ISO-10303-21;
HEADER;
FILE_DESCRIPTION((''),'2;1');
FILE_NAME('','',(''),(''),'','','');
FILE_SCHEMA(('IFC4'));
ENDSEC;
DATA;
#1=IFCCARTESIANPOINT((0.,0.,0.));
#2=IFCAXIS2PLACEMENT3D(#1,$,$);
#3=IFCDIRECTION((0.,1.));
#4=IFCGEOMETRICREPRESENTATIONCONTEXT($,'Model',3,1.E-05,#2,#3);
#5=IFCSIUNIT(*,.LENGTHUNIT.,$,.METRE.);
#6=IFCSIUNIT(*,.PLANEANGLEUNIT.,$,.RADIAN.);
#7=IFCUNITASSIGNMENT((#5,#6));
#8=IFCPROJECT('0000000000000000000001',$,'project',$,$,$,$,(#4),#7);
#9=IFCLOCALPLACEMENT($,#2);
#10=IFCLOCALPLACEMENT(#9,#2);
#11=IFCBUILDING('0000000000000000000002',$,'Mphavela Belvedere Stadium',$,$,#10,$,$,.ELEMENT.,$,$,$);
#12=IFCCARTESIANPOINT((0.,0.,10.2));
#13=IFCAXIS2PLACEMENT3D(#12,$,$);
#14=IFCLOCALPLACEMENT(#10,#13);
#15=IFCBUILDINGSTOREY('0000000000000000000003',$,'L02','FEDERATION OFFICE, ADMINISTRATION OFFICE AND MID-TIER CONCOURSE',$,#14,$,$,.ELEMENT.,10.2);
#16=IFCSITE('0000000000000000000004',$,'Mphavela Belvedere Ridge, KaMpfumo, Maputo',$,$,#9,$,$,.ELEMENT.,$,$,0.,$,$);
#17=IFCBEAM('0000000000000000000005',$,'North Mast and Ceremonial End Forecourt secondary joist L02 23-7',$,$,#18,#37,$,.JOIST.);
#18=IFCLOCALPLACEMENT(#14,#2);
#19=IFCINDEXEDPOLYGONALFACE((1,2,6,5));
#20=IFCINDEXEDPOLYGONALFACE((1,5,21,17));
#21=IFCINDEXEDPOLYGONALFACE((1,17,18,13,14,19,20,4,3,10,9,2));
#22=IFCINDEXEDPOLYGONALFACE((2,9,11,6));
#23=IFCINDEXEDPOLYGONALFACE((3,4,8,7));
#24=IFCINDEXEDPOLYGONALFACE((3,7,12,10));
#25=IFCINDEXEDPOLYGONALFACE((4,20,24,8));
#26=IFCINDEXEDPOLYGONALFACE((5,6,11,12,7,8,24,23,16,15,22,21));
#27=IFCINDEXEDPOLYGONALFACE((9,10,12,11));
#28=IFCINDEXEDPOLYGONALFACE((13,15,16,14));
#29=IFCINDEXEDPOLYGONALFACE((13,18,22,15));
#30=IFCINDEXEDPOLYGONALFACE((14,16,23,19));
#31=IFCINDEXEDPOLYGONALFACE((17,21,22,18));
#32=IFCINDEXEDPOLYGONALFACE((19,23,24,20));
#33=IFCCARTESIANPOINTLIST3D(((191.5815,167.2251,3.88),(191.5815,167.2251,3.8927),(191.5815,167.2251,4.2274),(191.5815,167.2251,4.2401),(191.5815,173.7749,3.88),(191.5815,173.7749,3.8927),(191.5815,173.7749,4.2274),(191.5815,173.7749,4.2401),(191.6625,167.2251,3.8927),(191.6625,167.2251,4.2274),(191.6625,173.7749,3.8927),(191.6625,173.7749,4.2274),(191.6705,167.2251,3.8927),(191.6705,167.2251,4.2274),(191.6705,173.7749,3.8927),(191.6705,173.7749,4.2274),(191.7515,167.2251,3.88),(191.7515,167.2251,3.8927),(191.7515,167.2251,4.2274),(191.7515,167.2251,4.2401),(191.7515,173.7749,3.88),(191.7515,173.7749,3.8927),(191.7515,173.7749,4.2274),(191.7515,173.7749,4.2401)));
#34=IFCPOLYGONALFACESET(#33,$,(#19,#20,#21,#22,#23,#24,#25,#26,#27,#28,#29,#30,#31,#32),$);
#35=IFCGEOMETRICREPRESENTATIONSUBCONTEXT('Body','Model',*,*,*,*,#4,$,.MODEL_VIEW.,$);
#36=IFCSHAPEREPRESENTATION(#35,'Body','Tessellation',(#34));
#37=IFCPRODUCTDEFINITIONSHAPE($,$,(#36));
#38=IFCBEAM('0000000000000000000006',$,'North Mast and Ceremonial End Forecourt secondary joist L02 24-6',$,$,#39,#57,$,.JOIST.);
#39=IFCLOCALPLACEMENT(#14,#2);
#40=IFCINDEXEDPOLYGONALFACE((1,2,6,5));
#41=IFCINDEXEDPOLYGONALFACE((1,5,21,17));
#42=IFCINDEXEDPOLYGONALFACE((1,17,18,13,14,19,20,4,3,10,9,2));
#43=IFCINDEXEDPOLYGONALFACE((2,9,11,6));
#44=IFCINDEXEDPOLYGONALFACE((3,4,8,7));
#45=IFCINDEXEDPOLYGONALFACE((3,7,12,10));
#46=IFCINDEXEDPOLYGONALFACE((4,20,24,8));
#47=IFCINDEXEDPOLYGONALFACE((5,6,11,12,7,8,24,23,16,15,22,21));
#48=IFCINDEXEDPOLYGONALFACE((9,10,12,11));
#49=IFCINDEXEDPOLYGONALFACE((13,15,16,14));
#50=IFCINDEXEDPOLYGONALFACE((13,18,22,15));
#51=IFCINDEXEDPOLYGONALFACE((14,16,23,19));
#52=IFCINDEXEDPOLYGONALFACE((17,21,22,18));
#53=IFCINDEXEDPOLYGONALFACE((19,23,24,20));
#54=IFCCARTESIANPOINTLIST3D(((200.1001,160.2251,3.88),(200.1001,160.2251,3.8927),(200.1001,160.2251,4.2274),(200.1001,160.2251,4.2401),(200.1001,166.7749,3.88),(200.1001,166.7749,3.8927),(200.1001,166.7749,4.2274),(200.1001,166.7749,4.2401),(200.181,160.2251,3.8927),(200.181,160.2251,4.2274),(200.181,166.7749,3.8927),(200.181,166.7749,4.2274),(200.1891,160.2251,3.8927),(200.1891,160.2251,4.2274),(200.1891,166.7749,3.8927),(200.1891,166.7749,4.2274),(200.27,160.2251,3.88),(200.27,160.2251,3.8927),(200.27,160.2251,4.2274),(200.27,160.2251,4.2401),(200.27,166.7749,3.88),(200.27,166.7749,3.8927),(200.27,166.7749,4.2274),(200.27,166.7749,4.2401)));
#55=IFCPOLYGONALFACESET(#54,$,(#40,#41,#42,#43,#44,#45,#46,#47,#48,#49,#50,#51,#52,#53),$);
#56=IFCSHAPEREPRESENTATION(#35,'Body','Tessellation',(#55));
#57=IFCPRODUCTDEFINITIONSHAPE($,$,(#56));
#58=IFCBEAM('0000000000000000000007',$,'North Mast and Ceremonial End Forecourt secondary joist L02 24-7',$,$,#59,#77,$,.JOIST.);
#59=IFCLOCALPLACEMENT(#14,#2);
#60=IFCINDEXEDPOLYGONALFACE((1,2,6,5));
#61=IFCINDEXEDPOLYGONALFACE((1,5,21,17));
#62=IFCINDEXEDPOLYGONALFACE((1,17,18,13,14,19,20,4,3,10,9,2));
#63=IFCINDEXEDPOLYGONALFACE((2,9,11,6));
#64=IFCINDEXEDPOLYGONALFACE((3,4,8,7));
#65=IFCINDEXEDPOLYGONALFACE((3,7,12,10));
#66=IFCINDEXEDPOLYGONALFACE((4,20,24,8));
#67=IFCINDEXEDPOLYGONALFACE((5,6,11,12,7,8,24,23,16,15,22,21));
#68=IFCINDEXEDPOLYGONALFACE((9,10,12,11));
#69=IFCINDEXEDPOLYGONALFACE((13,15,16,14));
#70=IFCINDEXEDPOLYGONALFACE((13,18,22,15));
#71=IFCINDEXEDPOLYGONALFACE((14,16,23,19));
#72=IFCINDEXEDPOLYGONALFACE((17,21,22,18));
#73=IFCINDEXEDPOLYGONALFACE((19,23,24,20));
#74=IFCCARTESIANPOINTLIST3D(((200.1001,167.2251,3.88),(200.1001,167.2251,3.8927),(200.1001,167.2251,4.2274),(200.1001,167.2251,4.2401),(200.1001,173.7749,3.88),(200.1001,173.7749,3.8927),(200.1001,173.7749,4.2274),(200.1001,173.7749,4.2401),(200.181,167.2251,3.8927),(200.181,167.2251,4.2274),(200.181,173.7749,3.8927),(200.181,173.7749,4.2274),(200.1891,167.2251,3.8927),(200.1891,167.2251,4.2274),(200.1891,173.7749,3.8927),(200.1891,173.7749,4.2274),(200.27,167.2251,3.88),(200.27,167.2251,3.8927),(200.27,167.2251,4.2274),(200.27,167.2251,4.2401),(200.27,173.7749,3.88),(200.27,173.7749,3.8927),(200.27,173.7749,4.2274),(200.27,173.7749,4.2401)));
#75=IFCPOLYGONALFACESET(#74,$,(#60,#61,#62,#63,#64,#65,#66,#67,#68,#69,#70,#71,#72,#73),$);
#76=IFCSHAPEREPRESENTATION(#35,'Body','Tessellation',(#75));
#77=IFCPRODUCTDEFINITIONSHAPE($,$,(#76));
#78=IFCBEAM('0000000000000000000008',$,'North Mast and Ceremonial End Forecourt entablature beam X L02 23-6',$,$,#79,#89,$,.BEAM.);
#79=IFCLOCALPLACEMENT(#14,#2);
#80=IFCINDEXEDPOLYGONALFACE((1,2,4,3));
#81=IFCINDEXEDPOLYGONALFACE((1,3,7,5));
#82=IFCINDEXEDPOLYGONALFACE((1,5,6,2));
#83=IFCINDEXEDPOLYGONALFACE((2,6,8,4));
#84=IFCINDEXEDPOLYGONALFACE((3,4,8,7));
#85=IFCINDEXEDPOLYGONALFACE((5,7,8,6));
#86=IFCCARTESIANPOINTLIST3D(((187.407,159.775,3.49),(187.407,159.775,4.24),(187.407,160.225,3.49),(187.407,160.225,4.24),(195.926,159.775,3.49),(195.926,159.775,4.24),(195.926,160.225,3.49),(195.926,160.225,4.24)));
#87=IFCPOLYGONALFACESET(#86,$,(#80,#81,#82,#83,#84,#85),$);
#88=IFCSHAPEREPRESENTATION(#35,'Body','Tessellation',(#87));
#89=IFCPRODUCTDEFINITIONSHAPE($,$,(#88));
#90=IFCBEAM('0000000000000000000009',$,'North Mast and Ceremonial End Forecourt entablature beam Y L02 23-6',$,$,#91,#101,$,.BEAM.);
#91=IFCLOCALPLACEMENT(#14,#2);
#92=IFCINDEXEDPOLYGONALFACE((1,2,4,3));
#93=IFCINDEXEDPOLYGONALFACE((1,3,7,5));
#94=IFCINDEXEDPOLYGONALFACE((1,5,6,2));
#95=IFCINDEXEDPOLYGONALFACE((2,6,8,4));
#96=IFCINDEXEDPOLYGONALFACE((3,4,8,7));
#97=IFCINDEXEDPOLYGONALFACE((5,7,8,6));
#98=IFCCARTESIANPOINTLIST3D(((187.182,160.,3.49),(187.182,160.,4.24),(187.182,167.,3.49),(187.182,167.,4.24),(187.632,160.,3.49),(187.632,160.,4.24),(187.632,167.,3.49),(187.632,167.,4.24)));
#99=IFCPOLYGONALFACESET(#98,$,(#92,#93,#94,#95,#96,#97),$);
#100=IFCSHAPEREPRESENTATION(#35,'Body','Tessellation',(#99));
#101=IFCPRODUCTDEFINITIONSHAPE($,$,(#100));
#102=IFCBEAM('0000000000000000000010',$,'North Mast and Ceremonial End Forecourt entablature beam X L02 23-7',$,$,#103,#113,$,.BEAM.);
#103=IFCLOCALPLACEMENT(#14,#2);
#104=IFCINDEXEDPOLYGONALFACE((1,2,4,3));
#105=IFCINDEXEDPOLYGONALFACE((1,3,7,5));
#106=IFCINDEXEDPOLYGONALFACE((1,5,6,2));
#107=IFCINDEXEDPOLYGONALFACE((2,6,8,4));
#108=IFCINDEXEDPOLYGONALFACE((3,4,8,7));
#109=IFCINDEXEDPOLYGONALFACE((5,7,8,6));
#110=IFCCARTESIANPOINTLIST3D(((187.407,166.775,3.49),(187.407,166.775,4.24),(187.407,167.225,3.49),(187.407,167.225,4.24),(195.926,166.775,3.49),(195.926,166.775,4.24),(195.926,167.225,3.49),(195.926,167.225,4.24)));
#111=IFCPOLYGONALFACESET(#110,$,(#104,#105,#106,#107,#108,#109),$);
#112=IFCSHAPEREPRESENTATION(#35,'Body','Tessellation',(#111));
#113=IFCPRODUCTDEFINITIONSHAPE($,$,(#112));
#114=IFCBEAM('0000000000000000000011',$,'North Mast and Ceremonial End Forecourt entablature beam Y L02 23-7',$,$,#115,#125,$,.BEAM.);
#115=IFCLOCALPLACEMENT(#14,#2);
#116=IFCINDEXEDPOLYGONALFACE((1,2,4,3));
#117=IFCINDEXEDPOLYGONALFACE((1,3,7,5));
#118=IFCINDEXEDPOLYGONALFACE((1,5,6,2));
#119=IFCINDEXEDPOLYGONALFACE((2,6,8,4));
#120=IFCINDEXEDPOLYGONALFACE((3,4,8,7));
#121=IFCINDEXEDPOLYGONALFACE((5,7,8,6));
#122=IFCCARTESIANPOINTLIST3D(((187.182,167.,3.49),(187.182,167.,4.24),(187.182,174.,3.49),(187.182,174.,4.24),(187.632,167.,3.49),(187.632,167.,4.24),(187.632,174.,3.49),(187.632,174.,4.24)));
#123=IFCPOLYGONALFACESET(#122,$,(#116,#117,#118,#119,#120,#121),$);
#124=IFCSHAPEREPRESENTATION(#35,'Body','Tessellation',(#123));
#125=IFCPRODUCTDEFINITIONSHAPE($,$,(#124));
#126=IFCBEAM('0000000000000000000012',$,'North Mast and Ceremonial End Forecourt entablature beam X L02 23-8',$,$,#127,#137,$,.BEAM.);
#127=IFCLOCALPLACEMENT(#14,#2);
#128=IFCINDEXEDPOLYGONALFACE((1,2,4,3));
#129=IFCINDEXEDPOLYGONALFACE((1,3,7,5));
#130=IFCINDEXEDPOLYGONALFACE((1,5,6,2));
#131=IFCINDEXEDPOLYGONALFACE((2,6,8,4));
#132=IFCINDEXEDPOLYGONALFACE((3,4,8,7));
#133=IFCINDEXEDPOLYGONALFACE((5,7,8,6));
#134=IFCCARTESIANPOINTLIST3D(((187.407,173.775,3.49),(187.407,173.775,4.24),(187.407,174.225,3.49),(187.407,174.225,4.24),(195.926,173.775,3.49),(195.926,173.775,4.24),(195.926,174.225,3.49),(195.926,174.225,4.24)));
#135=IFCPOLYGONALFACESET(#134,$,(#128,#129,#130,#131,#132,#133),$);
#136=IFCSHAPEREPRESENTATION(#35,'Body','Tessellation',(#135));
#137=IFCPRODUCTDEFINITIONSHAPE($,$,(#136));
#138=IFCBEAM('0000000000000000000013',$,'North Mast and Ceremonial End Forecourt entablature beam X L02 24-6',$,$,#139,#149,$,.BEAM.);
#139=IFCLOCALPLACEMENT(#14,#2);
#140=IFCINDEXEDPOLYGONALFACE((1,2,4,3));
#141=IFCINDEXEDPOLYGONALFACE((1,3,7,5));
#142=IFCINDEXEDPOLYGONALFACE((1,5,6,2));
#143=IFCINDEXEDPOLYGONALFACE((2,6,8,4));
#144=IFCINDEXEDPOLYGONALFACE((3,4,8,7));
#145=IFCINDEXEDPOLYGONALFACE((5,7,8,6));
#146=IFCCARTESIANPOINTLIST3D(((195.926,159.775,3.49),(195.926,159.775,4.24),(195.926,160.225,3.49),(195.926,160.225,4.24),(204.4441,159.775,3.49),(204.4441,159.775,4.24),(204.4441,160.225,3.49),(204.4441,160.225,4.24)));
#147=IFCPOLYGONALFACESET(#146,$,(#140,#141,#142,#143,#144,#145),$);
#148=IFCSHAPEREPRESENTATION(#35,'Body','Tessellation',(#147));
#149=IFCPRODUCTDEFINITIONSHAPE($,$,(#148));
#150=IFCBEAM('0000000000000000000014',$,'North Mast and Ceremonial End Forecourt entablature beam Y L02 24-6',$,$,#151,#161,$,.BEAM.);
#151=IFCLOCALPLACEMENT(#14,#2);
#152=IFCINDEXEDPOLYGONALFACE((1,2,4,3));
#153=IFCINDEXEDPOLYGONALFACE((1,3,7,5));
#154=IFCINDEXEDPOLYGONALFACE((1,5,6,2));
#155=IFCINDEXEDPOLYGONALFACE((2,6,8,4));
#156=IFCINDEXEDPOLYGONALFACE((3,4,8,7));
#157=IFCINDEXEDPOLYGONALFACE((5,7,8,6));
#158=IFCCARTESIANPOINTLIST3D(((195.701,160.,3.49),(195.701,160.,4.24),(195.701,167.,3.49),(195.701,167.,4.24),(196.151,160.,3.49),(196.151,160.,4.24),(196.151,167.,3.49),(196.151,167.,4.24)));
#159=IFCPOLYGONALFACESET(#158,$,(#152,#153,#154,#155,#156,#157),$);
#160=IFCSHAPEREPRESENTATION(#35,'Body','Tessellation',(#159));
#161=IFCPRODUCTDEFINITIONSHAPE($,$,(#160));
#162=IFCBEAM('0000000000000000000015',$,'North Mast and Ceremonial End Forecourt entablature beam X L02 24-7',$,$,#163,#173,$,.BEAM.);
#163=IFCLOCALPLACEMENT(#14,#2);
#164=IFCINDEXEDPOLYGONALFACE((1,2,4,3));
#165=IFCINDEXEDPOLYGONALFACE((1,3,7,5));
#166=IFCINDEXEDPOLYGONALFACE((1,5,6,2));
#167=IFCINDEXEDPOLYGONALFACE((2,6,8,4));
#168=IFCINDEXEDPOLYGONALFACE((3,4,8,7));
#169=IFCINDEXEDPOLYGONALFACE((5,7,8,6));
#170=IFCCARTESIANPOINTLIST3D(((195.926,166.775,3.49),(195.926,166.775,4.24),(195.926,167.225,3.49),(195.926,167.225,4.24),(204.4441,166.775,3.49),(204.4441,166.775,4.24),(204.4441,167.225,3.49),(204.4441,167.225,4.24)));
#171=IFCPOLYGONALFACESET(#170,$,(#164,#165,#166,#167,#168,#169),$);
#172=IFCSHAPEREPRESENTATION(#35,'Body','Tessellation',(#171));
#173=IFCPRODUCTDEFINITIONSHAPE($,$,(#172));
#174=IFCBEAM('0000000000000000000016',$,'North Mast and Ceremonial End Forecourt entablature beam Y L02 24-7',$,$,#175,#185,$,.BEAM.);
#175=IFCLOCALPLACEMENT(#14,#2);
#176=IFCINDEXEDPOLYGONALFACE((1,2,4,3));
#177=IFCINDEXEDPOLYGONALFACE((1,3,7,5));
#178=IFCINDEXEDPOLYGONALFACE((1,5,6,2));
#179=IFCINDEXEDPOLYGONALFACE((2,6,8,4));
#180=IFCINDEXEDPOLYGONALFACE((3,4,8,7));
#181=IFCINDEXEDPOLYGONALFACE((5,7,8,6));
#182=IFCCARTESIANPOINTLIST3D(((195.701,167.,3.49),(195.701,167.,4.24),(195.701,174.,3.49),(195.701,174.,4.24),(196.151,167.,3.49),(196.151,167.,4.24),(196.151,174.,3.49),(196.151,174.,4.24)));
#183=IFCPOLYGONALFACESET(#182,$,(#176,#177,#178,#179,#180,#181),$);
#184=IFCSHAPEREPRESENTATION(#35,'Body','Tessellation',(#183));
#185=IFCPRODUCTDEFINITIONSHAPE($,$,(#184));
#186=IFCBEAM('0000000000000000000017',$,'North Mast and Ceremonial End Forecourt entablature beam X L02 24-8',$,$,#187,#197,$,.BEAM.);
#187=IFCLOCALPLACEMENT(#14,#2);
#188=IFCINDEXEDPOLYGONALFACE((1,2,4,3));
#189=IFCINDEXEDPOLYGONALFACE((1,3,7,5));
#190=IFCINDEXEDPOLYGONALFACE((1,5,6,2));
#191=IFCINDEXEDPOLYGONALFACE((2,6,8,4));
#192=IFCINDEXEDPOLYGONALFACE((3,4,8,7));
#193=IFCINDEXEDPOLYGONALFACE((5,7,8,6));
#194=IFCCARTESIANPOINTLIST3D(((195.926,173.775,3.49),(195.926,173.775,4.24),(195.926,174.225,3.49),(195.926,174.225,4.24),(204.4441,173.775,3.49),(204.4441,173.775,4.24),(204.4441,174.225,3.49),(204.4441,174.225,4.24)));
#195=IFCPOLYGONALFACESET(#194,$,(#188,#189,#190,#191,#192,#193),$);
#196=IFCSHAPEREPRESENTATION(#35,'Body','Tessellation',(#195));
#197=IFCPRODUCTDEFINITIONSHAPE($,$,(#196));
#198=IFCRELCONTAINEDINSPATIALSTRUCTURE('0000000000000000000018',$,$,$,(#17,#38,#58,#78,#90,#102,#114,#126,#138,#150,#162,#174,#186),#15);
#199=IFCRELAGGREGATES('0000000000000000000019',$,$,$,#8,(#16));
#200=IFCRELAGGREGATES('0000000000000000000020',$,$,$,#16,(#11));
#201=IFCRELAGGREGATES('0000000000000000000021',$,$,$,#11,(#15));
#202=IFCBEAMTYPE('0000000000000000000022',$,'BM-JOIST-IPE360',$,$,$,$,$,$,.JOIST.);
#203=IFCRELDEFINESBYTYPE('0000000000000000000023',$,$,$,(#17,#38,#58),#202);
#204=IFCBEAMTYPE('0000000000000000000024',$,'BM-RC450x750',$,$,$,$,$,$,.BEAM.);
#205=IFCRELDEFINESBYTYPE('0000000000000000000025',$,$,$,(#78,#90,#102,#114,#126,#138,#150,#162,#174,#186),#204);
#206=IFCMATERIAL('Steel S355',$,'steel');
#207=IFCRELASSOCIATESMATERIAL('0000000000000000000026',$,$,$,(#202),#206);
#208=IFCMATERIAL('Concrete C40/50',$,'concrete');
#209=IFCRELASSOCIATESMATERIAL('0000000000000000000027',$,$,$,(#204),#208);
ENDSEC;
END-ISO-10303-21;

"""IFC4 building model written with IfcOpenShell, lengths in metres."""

from ifc_helpers import new_model, si_unit, direction, frame, origin, origin_2d, place, context, subcontext, project, spatial, rectangle, i_section, extrude, material, material_profile, profile_set, type_object, element, save


model = new_model("IFC4")

# Units and contexts
model_context = context("Model", 3, precision=1e-05, world=origin(), true_north=direction((0.0, 1.0)))
body_context = subcontext(model_context, "Body", "Model", "MODEL_VIEW")
ifc_project = project(units=[si_unit("LENGTHUNIT", "METRE"), si_unit("PLANEANGLEUNIT", "RADIAN")], contexts=[model_context])

# Site, building, storey
site_placement = place(None, origin())
site = spatial("IfcSite", under=ifc_project, at=site_placement, Name="Mphavela Belvedere Ridge, KaMpfumo, Maputo", CompositionType="ELEMENT", RefElevation=0.0)
building_placement = place(site_placement, origin())
building = spatial("IfcBuilding", under=site, at=building_placement, Name="Mphavela Belvedere Stadium", CompositionType="ELEMENT")
storey_placement = place(building_placement, frame((0.0, 0.0, 10.2)))
storey = spatial("IfcBuildingStorey", under=building, at=storey_placement, Name="L02", Description="FEDERATION OFFICE, ADMINISTRATION OFFICE AND MID-TIER CONCOURSE", CompositionType="ELEMENT", Elevation=10.2)

# Beams
ifc_material_1 = material(Name="Steel S355", Category="steel")
ifc_material_profile_1 = material_profile(ifc_material_1, i_section(OverallWidth=0.1699, OverallDepth=0.3601, WebThickness=0.0081, FlangeThickness=0.0127, at=origin_2d()), Name="IPE 360")
ifc_profile_set_1 = profile_set([ifc_material_profile_1], Name="Steel S355")
beam_type_1 = type_object("IfcBeamType", Name="BM-JOIST-IPE360", PredefinedType="JOIST", material=ifc_profile_set_1)
for number, where, z_axis, x_axis, name in (
    (1, (191.6665, 167.2251, 4.0601), (0.0, 1.0, 0.0), (-1.0, 0.0, 0.0), "North Mast and Ceremonial End Forecourt secondary joist L02 23-7"),
    (2, (200.1851, 160.2251, 4.0601), (0.0, 1.0, 0.0), (-1.0, 0.0, 0.0), "North Mast and Ceremonial End Forecourt secondary joist L02 24-6"),
    (3, (200.1851, 167.2251, 4.0601), (0.0, 1.0, 0.0), (-1.0, 0.0, 0.0), "North Mast and Ceremonial End Forecourt secondary joist L02 24-7"),
):
    element("IfcBeam", number, at=place(storey_placement, frame(where, z_axis=z_axis, x_axis=x_axis)), inside=storey, type_object=beam_type_1, Name=name, PredefinedType="JOIST", context=body_context, shape_type="SweptSolid", body=[
        extrude(i_section(OverallWidth=0.1699, OverallDepth=0.3601, WebThickness=0.0081, FlangeThickness=0.0127, at=origin_2d()), origin(), (0.0, 0.0, 1.0), 6.5498),
    ])
ifc_material_2 = material(Name="Concrete C40/50", Category="concrete")
ifc_material_profile_2 = material_profile(ifc_material_2, rectangle(XDim=0.45, YDim=0.75, at=origin_2d()), Name="RC 450x750")
ifc_profile_set_2 = profile_set([ifc_material_profile_2], Name="Concrete C40/50")
beam_type_2 = type_object("IfcBeamType", Name="BM-RC450x750", PredefinedType="BEAM", material=ifc_profile_set_2)
beam_1_placement = place(storey_placement, frame((187.407, 160.0, 3.865), z_axis=(1.0, 0.0, 0.0), x_axis=(0.0, 1.0, 0.0)))
element("IfcBeam", 4, at=beam_1_placement, inside=storey, type_object=beam_type_2, Name="North Mast and Ceremonial End Forecourt entablature beam X L02 23-6", PredefinedType="BEAM", context=body_context, shape_type="SweptSolid", body=[
    extrude(rectangle(XDim=0.45, YDim=0.75, at=origin_2d()), origin(), (0.0, 0.0, 1.0), 8.519),
])
beam_2_placement = place(storey_placement, frame((187.407, 160.0, 3.865), z_axis=(0.0, 1.0, 0.0), x_axis=(-1.0, 0.0, 0.0)))
element("IfcBeam", 5, at=beam_2_placement, inside=storey, type_object=beam_type_2, Name="North Mast and Ceremonial End Forecourt entablature beam Y L02 23-6", PredefinedType="BEAM", context=body_context, shape_type="SweptSolid", body=[
    extrude(rectangle(XDim=0.45, YDim=0.75, at=origin_2d()), origin(), (0.0, 0.0, 1.0), 7.0),
])
beam_3_placement = place(storey_placement, frame((187.407, 167.0, 3.865), z_axis=(1.0, 0.0, 0.0), x_axis=(0.0, 1.0, 0.0)))
element("IfcBeam", 6, at=beam_3_placement, inside=storey, type_object=beam_type_2, Name="North Mast and Ceremonial End Forecourt entablature beam X L02 23-7", PredefinedType="BEAM", context=body_context, shape_type="SweptSolid", body=[
    extrude(rectangle(XDim=0.45, YDim=0.75, at=origin_2d()), origin(), (0.0, 0.0, 1.0), 8.519),
])
beam_4_placement = place(storey_placement, frame((187.407, 167.0, 3.865), z_axis=(0.0, 1.0, 0.0), x_axis=(-1.0, 0.0, 0.0)))
element("IfcBeam", 7, at=beam_4_placement, inside=storey, type_object=beam_type_2, Name="North Mast and Ceremonial End Forecourt entablature beam Y L02 23-7", PredefinedType="BEAM", context=body_context, shape_type="SweptSolid", body=[
    extrude(rectangle(XDim=0.45, YDim=0.75, at=origin_2d()), origin(), (0.0, 0.0, 1.0), 7.0),
])
beam_5_placement = place(storey_placement, frame((187.407, 174.0, 3.865), z_axis=(1.0, 0.0, 0.0), x_axis=(0.0, 1.0, 0.0)))
element("IfcBeam", 8, at=beam_5_placement, inside=storey, type_object=beam_type_2, Name="North Mast and Ceremonial End Forecourt entablature beam X L02 23-8", PredefinedType="BEAM", context=body_context, shape_type="SweptSolid", body=[
    extrude(rectangle(XDim=0.45, YDim=0.75, at=origin_2d()), origin(), (0.0, 0.0, 1.0), 8.519),
])
beam_6_placement = place(storey_placement, frame((195.926, 160.0, 3.865), z_axis=(1.0, 0.0, 0.0), x_axis=(0.0, 1.0, 0.0)))
element("IfcBeam", 9, at=beam_6_placement, inside=storey, type_object=beam_type_2, Name="North Mast and Ceremonial End Forecourt entablature beam X L02 24-6", PredefinedType="BEAM", context=body_context, shape_type="SweptSolid", body=[
    extrude(rectangle(XDim=0.45, YDim=0.75, at=origin_2d()), origin(), (0.0, 0.0, 1.0), 8.5181),
])
beam_7_placement = place(storey_placement, frame((195.926, 160.0, 3.865), z_axis=(0.0, 1.0, 0.0), x_axis=(-1.0, 0.0, 0.0)))
element("IfcBeam", 10, at=beam_7_placement, inside=storey, type_object=beam_type_2, Name="North Mast and Ceremonial End Forecourt entablature beam Y L02 24-6", PredefinedType="BEAM", context=body_context, shape_type="SweptSolid", body=[
    extrude(rectangle(XDim=0.45, YDim=0.75, at=origin_2d()), origin(), (0.0, 0.0, 1.0), 7.0),
])
beam_8_placement = place(storey_placement, frame((195.926, 167.0, 3.865), z_axis=(1.0, 0.0, 0.0), x_axis=(0.0, 1.0, 0.0)))
element("IfcBeam", 11, at=beam_8_placement, inside=storey, type_object=beam_type_2, Name="North Mast and Ceremonial End Forecourt entablature beam X L02 24-7", PredefinedType="BEAM", context=body_context, shape_type="SweptSolid", body=[
    extrude(rectangle(XDim=0.45, YDim=0.75, at=origin_2d()), origin(), (0.0, 0.0, 1.0), 8.5181),
])
beam_9_placement = place(storey_placement, frame((195.926, 167.0, 3.865), z_axis=(0.0, 1.0, 0.0), x_axis=(-1.0, 0.0, 0.0)))
element("IfcBeam", 12, at=beam_9_placement, inside=storey, type_object=beam_type_2, Name="North Mast and Ceremonial End Forecourt entablature beam Y L02 24-7", PredefinedType="BEAM", context=body_context, shape_type="SweptSolid", body=[
    extrude(rectangle(XDim=0.45, YDim=0.75, at=origin_2d()), origin(), (0.0, 0.0, 1.0), 7.0),
])
beam_10_placement = place(storey_placement, frame((195.926, 174.0, 3.865), z_axis=(1.0, 0.0, 0.0), x_axis=(0.0, 1.0, 0.0)))
element("IfcBeam", 13, at=beam_10_placement, inside=storey, type_object=beam_type_2, Name="North Mast and Ceremonial End Forecourt entablature beam X L02 24-8", PredefinedType="BEAM", context=body_context, shape_type="SweptSolid", body=[
    extrude(rectangle(XDim=0.45, YDim=0.75, at=origin_2d()), origin(), (0.0, 0.0, 1.0), 8.5181),
])

save(model, "model.ifc")
